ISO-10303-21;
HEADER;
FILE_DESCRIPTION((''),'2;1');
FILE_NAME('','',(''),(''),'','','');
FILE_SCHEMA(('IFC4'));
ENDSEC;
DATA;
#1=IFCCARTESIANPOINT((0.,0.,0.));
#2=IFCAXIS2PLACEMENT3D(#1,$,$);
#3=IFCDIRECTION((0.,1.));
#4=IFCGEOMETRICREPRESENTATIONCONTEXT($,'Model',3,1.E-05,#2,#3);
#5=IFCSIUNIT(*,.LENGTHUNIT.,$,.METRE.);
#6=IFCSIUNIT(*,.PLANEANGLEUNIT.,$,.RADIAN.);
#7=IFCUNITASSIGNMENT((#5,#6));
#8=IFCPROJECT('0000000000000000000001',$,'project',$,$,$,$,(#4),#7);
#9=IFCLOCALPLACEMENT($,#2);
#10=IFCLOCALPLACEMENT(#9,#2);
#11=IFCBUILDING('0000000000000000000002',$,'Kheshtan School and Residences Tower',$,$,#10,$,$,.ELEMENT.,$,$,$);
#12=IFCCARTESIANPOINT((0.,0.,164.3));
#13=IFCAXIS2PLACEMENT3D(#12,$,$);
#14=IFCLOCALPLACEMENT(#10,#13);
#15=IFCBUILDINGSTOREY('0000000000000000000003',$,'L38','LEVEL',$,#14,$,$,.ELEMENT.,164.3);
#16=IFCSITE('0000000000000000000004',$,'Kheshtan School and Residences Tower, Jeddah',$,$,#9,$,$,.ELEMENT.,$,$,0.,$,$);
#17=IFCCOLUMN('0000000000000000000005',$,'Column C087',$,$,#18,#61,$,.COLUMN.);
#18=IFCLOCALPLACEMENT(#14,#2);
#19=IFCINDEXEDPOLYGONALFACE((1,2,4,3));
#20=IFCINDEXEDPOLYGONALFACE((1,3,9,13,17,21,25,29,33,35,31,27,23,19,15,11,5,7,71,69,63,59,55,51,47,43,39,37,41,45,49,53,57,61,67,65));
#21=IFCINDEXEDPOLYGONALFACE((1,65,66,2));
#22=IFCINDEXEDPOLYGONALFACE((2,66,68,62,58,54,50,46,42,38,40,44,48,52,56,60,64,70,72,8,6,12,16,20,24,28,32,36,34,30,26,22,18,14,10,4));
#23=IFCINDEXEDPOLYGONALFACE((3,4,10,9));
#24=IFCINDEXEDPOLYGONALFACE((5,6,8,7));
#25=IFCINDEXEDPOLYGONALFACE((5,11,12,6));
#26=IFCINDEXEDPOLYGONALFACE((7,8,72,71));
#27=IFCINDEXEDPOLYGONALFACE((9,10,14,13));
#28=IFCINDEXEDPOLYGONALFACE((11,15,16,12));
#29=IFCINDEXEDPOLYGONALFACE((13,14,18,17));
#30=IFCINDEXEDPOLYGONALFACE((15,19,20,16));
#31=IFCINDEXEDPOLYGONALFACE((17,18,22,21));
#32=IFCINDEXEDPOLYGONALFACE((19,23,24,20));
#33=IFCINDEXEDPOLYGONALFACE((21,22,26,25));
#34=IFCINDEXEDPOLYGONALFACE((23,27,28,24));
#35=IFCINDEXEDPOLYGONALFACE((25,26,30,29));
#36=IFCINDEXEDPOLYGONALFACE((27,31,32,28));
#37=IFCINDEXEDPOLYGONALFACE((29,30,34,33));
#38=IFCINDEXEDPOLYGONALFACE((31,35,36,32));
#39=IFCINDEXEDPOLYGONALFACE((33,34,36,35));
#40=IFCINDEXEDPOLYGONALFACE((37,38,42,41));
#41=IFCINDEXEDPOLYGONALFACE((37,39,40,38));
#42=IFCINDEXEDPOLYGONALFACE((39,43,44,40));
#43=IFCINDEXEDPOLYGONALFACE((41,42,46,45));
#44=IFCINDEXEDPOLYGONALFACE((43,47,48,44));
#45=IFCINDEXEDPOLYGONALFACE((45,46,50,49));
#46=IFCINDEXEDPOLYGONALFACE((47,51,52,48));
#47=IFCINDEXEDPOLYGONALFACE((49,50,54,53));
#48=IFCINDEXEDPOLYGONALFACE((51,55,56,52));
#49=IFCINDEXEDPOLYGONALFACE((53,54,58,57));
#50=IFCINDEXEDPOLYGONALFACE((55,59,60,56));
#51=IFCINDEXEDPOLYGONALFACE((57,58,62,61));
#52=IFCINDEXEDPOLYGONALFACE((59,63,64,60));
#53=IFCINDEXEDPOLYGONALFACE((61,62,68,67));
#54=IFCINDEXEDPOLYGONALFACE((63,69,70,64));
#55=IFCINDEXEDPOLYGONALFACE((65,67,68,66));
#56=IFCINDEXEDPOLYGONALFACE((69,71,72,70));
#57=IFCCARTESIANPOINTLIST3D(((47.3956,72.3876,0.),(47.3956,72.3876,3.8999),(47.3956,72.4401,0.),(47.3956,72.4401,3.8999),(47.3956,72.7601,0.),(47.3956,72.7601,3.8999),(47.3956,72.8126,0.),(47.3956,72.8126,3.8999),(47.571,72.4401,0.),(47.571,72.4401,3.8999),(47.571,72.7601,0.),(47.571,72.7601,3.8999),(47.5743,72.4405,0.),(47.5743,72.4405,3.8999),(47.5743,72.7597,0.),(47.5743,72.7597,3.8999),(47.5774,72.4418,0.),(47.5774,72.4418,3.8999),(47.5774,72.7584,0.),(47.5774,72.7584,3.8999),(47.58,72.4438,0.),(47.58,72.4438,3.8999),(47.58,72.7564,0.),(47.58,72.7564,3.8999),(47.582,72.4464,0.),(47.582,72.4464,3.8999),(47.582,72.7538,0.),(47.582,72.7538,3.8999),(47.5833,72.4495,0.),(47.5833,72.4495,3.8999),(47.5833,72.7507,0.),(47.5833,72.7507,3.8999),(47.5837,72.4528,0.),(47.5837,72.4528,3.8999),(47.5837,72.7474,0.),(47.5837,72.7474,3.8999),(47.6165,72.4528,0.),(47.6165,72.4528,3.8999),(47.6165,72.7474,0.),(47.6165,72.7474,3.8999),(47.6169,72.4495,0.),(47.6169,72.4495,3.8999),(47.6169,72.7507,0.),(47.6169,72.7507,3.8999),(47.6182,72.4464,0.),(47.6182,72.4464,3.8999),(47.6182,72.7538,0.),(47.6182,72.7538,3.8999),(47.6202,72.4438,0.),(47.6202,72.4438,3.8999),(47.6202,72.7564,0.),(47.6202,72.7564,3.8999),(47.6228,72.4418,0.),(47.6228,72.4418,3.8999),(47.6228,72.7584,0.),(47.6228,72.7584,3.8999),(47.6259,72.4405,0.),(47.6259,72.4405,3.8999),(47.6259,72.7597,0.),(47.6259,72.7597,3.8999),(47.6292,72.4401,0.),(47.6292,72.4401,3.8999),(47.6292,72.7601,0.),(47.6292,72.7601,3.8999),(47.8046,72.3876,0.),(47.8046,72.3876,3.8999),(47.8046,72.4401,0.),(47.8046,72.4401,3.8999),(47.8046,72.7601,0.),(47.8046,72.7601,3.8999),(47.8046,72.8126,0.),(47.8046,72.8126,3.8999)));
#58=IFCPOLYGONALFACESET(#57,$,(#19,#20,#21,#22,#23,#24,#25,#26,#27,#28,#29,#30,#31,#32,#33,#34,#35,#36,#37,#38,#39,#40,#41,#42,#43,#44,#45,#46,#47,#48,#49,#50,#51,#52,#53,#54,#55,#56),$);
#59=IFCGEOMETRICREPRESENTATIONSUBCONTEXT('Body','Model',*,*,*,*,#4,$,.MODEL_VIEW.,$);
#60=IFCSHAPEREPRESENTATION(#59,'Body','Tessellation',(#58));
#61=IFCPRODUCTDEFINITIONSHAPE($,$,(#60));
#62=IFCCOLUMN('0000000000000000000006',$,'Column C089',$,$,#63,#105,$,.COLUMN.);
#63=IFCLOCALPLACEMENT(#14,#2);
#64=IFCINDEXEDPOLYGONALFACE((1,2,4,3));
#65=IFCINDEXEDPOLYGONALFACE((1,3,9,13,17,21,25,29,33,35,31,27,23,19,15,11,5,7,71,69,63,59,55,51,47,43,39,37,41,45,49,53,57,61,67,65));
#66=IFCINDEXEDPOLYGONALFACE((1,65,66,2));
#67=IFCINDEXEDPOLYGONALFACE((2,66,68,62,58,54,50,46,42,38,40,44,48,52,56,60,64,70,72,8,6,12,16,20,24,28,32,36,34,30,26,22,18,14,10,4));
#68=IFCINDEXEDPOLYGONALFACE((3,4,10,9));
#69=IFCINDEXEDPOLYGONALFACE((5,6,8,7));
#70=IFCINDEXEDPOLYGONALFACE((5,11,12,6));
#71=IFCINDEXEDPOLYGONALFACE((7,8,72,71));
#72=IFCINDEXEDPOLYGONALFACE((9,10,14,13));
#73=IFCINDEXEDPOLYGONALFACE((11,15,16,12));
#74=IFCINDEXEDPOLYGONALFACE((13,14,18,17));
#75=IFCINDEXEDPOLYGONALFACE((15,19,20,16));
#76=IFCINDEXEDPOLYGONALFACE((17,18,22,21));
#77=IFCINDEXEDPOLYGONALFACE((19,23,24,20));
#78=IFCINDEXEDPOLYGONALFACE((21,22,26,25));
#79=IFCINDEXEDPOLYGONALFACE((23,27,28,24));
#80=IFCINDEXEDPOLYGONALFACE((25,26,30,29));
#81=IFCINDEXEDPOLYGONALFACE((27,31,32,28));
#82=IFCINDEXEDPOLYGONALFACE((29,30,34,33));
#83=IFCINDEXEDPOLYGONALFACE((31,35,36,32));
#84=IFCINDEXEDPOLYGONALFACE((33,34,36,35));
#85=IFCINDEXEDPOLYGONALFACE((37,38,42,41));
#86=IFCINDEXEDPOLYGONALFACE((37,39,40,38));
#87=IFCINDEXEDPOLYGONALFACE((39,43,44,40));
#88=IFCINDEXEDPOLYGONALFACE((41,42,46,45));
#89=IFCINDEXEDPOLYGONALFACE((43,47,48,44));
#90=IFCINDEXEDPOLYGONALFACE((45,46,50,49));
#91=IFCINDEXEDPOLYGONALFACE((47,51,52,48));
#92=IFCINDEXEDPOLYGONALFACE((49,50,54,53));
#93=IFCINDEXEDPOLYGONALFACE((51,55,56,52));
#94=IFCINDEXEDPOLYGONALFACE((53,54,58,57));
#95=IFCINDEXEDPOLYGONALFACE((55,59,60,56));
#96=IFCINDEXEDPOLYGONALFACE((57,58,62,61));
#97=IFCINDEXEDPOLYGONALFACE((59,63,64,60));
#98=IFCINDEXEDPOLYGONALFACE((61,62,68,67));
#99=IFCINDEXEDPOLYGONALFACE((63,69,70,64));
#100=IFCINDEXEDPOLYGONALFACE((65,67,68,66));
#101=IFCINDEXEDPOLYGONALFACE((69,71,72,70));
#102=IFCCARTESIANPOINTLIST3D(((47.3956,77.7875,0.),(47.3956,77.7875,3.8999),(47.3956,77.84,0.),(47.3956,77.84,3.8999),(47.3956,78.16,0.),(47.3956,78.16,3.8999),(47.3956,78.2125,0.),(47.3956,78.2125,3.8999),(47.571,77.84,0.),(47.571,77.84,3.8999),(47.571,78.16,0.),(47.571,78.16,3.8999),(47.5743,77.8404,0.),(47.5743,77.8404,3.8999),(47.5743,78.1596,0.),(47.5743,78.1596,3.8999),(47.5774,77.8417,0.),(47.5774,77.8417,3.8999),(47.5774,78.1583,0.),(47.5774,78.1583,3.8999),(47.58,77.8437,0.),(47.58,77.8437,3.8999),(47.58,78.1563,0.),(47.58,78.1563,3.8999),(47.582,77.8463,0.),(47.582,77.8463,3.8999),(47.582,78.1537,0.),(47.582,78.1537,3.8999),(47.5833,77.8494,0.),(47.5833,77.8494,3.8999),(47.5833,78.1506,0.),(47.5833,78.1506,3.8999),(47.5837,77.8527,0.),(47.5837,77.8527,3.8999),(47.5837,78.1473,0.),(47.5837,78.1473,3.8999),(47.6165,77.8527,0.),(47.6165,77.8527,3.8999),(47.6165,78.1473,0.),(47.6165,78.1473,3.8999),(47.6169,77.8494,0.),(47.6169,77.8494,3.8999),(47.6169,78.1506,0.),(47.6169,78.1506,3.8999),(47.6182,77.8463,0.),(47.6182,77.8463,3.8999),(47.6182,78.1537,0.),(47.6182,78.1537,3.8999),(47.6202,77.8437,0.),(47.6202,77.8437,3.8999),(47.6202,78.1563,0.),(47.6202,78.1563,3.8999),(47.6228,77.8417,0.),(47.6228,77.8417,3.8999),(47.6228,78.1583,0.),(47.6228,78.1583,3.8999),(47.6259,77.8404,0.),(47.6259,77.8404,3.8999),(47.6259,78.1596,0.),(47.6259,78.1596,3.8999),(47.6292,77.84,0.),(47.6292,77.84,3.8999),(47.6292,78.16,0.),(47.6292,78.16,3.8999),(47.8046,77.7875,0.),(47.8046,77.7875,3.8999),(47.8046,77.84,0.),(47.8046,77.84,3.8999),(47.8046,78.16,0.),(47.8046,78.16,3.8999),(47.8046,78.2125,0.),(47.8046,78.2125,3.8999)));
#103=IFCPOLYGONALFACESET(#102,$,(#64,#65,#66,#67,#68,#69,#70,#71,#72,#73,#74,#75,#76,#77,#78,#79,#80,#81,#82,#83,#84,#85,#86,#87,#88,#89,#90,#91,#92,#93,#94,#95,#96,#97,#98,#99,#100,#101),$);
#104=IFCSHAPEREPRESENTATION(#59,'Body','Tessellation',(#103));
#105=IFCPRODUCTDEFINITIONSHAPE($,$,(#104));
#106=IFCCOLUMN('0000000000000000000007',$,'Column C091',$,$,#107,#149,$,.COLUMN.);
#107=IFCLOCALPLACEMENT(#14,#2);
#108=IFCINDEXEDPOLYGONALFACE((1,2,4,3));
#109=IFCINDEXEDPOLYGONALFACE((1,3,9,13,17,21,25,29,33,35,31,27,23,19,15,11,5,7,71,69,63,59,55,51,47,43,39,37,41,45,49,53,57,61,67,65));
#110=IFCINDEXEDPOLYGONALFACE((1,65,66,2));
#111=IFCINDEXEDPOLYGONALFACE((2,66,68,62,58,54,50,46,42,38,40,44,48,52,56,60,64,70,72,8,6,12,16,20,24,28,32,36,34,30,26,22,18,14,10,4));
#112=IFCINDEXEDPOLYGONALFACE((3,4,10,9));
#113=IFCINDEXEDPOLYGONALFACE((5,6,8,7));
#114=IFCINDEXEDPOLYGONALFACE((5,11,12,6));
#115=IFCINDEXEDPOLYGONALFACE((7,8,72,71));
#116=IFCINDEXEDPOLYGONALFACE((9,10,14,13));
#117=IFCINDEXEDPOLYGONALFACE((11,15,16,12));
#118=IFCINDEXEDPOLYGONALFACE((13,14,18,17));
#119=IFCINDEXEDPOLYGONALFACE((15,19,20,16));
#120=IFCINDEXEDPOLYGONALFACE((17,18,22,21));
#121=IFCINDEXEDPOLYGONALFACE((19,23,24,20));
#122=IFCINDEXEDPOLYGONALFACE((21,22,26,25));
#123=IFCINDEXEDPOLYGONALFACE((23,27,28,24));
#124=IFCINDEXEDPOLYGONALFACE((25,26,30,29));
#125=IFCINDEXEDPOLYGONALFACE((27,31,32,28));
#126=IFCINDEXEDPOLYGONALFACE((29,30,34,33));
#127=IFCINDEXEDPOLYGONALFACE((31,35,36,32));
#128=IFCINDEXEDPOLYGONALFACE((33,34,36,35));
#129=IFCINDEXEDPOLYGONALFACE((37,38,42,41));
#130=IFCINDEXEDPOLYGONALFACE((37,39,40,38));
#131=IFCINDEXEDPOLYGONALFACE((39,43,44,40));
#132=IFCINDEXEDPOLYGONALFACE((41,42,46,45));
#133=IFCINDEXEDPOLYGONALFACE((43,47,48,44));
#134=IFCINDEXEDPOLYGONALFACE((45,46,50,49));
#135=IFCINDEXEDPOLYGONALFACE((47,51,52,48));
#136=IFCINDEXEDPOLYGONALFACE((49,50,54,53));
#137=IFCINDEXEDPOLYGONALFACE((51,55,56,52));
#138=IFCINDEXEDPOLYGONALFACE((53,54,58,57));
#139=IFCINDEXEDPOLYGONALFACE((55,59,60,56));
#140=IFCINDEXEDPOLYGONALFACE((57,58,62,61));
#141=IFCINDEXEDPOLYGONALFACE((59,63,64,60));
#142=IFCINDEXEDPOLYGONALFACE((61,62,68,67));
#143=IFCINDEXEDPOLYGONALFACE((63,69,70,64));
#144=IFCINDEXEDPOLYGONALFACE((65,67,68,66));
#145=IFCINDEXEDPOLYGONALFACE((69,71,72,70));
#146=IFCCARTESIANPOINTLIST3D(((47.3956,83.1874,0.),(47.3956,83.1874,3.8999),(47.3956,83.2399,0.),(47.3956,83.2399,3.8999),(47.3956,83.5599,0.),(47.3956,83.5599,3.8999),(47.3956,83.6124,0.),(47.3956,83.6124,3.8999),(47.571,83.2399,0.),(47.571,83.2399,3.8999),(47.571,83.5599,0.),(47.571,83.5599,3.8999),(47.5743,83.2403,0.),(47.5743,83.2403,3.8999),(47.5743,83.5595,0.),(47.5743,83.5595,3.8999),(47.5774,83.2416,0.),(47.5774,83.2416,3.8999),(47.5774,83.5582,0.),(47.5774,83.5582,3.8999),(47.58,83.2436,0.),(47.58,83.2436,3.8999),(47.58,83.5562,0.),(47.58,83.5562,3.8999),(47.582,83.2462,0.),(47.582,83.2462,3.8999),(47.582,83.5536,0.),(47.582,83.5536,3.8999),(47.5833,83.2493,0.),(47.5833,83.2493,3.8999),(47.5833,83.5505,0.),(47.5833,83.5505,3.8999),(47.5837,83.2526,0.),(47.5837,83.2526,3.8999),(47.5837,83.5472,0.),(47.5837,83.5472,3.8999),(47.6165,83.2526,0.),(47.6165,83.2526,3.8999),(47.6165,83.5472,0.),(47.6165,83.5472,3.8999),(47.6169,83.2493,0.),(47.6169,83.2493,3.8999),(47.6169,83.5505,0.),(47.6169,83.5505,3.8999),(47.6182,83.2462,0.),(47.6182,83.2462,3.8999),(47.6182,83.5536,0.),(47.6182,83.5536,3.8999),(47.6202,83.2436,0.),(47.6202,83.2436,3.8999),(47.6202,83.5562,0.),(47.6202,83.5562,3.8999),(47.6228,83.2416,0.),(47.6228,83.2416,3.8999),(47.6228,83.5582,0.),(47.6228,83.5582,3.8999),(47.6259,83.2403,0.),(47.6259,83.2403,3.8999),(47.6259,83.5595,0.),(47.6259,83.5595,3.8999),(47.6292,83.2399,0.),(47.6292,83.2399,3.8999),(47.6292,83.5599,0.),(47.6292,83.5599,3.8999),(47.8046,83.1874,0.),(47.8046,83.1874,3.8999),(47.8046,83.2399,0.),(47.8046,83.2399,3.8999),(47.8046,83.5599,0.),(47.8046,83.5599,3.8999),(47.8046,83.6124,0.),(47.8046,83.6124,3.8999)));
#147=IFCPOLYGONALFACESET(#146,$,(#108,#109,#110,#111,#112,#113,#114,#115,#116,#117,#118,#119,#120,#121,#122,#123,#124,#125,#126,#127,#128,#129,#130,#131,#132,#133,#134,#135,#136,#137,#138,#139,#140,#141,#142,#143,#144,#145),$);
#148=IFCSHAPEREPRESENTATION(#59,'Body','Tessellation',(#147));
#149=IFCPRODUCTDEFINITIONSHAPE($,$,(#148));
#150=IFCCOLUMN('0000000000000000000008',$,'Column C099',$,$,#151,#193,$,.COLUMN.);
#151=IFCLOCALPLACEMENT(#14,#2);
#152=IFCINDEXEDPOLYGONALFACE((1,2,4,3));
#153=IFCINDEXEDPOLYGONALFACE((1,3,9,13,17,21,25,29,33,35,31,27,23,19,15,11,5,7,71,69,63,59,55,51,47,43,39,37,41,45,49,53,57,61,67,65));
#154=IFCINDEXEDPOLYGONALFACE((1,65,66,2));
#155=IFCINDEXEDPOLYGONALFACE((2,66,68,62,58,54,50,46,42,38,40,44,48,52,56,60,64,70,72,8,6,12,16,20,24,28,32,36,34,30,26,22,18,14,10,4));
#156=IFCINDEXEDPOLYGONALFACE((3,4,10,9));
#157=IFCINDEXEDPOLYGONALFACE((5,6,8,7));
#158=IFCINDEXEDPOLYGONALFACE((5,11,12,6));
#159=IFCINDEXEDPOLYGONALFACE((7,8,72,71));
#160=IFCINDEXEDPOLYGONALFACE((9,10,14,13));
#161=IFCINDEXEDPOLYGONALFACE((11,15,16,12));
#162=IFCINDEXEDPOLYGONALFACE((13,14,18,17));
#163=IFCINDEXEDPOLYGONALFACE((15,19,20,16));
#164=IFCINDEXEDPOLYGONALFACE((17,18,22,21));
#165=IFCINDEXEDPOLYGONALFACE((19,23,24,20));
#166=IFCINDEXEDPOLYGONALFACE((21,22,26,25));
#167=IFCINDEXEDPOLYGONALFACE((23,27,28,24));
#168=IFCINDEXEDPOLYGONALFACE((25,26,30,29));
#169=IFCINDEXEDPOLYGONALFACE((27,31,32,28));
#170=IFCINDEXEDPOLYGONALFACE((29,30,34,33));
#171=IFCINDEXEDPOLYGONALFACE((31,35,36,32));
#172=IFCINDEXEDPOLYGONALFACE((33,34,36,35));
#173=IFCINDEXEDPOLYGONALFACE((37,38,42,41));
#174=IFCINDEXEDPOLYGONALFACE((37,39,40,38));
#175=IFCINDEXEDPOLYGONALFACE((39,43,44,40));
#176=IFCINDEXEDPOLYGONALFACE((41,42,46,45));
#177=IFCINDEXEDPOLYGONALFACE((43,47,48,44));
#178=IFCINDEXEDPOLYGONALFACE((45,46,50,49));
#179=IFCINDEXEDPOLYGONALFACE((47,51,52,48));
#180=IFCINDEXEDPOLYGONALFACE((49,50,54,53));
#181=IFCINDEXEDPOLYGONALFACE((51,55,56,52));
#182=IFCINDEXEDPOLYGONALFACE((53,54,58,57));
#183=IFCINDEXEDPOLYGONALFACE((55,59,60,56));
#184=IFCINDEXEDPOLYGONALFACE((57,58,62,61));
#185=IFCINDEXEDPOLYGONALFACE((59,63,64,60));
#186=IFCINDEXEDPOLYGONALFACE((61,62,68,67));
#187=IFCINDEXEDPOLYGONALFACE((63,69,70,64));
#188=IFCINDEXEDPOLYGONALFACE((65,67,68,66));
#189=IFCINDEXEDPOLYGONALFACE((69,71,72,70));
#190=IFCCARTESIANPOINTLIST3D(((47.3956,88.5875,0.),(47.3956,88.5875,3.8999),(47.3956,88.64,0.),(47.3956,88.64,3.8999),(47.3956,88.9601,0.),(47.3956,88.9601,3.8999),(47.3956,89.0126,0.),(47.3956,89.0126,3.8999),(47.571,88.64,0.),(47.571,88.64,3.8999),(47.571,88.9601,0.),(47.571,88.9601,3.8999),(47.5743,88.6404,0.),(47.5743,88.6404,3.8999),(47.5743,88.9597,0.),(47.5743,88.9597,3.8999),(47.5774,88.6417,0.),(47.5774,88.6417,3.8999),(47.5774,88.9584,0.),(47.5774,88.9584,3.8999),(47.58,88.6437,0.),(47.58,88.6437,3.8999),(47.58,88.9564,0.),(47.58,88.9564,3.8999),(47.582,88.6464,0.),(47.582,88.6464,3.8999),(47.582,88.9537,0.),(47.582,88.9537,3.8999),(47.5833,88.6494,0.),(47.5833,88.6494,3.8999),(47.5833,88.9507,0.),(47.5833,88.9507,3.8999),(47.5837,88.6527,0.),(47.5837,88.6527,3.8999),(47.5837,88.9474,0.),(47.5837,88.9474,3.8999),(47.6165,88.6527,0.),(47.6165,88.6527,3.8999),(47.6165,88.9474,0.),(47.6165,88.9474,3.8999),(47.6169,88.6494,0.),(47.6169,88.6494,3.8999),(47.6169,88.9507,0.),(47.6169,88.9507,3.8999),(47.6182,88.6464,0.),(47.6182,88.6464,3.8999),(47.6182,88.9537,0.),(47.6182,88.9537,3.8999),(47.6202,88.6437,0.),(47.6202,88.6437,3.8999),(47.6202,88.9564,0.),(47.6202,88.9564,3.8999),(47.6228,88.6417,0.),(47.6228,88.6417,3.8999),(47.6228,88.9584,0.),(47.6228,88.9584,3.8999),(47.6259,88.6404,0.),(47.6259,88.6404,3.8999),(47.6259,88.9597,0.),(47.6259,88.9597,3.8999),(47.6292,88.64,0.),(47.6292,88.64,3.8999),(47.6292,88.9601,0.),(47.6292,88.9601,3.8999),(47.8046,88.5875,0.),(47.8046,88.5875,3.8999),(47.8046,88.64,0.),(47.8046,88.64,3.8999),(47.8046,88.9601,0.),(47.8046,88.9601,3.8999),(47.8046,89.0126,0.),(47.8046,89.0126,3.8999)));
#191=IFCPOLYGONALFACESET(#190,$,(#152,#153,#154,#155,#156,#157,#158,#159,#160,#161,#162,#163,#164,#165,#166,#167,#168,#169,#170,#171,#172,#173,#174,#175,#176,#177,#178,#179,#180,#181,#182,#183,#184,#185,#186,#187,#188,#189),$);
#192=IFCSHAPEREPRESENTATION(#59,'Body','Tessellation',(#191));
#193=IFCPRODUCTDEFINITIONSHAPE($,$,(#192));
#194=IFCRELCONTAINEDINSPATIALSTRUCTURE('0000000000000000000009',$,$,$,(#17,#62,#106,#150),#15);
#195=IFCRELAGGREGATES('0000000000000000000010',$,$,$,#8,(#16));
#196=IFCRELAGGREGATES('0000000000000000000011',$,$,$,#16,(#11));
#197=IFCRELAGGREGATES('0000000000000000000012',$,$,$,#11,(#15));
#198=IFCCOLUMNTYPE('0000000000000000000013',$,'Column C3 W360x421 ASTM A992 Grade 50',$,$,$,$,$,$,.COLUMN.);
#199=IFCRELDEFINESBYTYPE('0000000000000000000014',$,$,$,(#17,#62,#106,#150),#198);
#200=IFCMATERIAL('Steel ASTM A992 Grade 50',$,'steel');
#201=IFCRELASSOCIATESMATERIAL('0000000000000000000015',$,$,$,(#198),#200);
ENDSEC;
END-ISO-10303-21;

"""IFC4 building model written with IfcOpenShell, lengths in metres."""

from ifc_helpers import new_model, si_unit, direction, frame, origin, origin_2d, place, context, subcontext, project, spatial, i_section, extrude, material, material_profile, profile_set, type_object, element, save


model = new_model("IFC4")

# Units and contexts
model_context = context("Model", 3, precision=1e-05, world=origin(), true_north=direction((0.0, 1.0)))
body_context = subcontext(model_context, "Body", "Model", "MODEL_VIEW")
ifc_project = project(units=[si_unit("LENGTHUNIT", "METRE"), si_unit("PLANEANGLEUNIT", "RADIAN")], contexts=[model_context])

# Site, building, storey
site_placement = place(None, origin())
site = spatial("IfcSite", under=ifc_project, at=site_placement, Name="Kheshtan School and Residences Tower, Jeddah", CompositionType="ELEMENT", RefElevation=0.0)
building_placement = place(site_placement, origin())
building = spatial("IfcBuilding", under=site, at=building_placement, Name="Kheshtan School and Residences Tower", CompositionType="ELEMENT")
storey_placement = place(building_placement, frame((0.0, 0.0, 164.3)))
storey = spatial("IfcBuildingStorey", under=building, at=storey_placement, Name="L38", Description="LEVEL", CompositionType="ELEMENT", Elevation=164.3)

# Columns
ifc_material_1 = material(Name="Steel ASTM A992 Grade 50", Category="steel")
ifc_material_profile_1 = material_profile(ifc_material_1, i_section(OverallWidth=0.4089, OverallDepth=0.425, WebThickness=0.0327, FlangeThickness=0.0525, FilletRadius=0.0127, at=origin_2d()), Name="W360x421")
ifc_profile_set_1 = profile_set([ifc_material_profile_1], Name="Steel ASTM A992 Grade 50")
column_type = type_object("IfcColumnType", Name="Column C3 W360x421 ASTM A992 Grade 50", PredefinedType="COLUMN", material=ifc_profile_set_1)
for number, where, z_axis, x_axis, name in (
    (1, (47.6001, 72.6001, 0.0), (0.0, 0.0, 1.0), (1.0, 0.0, 0.0), "Column C087"),
    (2, (47.6001, 78.0, 0.0), (0.0, 0.0, 1.0), (1.0, 0.0, 0.0), "Column C089"),
    (3, (47.6001, 83.3999, 0.0), (0.0, 0.0, 1.0), (1.0, 0.0, 0.0), "Column C091"),
    (4, (47.6001, 88.8, 0.0), (0.0, 0.0, 1.0), (1.0, 0.0, 0.0), "Column C099"),
):
    element("IfcColumn", number, at=place(storey_placement, frame(where, z_axis=z_axis, x_axis=x_axis)), inside=storey, type_object=column_type, Name=name, PredefinedType="COLUMN", context=body_context, shape_type="SweptSolid", body=[
        extrude(i_section(OverallWidth=0.4089, OverallDepth=0.425, WebThickness=0.0327, FlangeThickness=0.0525, FilletRadius=0.0127, at=origin_2d()), origin(), (0.0, 0.0, 1.0), 3.8999),
    ])

save(model, "model.ifc")
